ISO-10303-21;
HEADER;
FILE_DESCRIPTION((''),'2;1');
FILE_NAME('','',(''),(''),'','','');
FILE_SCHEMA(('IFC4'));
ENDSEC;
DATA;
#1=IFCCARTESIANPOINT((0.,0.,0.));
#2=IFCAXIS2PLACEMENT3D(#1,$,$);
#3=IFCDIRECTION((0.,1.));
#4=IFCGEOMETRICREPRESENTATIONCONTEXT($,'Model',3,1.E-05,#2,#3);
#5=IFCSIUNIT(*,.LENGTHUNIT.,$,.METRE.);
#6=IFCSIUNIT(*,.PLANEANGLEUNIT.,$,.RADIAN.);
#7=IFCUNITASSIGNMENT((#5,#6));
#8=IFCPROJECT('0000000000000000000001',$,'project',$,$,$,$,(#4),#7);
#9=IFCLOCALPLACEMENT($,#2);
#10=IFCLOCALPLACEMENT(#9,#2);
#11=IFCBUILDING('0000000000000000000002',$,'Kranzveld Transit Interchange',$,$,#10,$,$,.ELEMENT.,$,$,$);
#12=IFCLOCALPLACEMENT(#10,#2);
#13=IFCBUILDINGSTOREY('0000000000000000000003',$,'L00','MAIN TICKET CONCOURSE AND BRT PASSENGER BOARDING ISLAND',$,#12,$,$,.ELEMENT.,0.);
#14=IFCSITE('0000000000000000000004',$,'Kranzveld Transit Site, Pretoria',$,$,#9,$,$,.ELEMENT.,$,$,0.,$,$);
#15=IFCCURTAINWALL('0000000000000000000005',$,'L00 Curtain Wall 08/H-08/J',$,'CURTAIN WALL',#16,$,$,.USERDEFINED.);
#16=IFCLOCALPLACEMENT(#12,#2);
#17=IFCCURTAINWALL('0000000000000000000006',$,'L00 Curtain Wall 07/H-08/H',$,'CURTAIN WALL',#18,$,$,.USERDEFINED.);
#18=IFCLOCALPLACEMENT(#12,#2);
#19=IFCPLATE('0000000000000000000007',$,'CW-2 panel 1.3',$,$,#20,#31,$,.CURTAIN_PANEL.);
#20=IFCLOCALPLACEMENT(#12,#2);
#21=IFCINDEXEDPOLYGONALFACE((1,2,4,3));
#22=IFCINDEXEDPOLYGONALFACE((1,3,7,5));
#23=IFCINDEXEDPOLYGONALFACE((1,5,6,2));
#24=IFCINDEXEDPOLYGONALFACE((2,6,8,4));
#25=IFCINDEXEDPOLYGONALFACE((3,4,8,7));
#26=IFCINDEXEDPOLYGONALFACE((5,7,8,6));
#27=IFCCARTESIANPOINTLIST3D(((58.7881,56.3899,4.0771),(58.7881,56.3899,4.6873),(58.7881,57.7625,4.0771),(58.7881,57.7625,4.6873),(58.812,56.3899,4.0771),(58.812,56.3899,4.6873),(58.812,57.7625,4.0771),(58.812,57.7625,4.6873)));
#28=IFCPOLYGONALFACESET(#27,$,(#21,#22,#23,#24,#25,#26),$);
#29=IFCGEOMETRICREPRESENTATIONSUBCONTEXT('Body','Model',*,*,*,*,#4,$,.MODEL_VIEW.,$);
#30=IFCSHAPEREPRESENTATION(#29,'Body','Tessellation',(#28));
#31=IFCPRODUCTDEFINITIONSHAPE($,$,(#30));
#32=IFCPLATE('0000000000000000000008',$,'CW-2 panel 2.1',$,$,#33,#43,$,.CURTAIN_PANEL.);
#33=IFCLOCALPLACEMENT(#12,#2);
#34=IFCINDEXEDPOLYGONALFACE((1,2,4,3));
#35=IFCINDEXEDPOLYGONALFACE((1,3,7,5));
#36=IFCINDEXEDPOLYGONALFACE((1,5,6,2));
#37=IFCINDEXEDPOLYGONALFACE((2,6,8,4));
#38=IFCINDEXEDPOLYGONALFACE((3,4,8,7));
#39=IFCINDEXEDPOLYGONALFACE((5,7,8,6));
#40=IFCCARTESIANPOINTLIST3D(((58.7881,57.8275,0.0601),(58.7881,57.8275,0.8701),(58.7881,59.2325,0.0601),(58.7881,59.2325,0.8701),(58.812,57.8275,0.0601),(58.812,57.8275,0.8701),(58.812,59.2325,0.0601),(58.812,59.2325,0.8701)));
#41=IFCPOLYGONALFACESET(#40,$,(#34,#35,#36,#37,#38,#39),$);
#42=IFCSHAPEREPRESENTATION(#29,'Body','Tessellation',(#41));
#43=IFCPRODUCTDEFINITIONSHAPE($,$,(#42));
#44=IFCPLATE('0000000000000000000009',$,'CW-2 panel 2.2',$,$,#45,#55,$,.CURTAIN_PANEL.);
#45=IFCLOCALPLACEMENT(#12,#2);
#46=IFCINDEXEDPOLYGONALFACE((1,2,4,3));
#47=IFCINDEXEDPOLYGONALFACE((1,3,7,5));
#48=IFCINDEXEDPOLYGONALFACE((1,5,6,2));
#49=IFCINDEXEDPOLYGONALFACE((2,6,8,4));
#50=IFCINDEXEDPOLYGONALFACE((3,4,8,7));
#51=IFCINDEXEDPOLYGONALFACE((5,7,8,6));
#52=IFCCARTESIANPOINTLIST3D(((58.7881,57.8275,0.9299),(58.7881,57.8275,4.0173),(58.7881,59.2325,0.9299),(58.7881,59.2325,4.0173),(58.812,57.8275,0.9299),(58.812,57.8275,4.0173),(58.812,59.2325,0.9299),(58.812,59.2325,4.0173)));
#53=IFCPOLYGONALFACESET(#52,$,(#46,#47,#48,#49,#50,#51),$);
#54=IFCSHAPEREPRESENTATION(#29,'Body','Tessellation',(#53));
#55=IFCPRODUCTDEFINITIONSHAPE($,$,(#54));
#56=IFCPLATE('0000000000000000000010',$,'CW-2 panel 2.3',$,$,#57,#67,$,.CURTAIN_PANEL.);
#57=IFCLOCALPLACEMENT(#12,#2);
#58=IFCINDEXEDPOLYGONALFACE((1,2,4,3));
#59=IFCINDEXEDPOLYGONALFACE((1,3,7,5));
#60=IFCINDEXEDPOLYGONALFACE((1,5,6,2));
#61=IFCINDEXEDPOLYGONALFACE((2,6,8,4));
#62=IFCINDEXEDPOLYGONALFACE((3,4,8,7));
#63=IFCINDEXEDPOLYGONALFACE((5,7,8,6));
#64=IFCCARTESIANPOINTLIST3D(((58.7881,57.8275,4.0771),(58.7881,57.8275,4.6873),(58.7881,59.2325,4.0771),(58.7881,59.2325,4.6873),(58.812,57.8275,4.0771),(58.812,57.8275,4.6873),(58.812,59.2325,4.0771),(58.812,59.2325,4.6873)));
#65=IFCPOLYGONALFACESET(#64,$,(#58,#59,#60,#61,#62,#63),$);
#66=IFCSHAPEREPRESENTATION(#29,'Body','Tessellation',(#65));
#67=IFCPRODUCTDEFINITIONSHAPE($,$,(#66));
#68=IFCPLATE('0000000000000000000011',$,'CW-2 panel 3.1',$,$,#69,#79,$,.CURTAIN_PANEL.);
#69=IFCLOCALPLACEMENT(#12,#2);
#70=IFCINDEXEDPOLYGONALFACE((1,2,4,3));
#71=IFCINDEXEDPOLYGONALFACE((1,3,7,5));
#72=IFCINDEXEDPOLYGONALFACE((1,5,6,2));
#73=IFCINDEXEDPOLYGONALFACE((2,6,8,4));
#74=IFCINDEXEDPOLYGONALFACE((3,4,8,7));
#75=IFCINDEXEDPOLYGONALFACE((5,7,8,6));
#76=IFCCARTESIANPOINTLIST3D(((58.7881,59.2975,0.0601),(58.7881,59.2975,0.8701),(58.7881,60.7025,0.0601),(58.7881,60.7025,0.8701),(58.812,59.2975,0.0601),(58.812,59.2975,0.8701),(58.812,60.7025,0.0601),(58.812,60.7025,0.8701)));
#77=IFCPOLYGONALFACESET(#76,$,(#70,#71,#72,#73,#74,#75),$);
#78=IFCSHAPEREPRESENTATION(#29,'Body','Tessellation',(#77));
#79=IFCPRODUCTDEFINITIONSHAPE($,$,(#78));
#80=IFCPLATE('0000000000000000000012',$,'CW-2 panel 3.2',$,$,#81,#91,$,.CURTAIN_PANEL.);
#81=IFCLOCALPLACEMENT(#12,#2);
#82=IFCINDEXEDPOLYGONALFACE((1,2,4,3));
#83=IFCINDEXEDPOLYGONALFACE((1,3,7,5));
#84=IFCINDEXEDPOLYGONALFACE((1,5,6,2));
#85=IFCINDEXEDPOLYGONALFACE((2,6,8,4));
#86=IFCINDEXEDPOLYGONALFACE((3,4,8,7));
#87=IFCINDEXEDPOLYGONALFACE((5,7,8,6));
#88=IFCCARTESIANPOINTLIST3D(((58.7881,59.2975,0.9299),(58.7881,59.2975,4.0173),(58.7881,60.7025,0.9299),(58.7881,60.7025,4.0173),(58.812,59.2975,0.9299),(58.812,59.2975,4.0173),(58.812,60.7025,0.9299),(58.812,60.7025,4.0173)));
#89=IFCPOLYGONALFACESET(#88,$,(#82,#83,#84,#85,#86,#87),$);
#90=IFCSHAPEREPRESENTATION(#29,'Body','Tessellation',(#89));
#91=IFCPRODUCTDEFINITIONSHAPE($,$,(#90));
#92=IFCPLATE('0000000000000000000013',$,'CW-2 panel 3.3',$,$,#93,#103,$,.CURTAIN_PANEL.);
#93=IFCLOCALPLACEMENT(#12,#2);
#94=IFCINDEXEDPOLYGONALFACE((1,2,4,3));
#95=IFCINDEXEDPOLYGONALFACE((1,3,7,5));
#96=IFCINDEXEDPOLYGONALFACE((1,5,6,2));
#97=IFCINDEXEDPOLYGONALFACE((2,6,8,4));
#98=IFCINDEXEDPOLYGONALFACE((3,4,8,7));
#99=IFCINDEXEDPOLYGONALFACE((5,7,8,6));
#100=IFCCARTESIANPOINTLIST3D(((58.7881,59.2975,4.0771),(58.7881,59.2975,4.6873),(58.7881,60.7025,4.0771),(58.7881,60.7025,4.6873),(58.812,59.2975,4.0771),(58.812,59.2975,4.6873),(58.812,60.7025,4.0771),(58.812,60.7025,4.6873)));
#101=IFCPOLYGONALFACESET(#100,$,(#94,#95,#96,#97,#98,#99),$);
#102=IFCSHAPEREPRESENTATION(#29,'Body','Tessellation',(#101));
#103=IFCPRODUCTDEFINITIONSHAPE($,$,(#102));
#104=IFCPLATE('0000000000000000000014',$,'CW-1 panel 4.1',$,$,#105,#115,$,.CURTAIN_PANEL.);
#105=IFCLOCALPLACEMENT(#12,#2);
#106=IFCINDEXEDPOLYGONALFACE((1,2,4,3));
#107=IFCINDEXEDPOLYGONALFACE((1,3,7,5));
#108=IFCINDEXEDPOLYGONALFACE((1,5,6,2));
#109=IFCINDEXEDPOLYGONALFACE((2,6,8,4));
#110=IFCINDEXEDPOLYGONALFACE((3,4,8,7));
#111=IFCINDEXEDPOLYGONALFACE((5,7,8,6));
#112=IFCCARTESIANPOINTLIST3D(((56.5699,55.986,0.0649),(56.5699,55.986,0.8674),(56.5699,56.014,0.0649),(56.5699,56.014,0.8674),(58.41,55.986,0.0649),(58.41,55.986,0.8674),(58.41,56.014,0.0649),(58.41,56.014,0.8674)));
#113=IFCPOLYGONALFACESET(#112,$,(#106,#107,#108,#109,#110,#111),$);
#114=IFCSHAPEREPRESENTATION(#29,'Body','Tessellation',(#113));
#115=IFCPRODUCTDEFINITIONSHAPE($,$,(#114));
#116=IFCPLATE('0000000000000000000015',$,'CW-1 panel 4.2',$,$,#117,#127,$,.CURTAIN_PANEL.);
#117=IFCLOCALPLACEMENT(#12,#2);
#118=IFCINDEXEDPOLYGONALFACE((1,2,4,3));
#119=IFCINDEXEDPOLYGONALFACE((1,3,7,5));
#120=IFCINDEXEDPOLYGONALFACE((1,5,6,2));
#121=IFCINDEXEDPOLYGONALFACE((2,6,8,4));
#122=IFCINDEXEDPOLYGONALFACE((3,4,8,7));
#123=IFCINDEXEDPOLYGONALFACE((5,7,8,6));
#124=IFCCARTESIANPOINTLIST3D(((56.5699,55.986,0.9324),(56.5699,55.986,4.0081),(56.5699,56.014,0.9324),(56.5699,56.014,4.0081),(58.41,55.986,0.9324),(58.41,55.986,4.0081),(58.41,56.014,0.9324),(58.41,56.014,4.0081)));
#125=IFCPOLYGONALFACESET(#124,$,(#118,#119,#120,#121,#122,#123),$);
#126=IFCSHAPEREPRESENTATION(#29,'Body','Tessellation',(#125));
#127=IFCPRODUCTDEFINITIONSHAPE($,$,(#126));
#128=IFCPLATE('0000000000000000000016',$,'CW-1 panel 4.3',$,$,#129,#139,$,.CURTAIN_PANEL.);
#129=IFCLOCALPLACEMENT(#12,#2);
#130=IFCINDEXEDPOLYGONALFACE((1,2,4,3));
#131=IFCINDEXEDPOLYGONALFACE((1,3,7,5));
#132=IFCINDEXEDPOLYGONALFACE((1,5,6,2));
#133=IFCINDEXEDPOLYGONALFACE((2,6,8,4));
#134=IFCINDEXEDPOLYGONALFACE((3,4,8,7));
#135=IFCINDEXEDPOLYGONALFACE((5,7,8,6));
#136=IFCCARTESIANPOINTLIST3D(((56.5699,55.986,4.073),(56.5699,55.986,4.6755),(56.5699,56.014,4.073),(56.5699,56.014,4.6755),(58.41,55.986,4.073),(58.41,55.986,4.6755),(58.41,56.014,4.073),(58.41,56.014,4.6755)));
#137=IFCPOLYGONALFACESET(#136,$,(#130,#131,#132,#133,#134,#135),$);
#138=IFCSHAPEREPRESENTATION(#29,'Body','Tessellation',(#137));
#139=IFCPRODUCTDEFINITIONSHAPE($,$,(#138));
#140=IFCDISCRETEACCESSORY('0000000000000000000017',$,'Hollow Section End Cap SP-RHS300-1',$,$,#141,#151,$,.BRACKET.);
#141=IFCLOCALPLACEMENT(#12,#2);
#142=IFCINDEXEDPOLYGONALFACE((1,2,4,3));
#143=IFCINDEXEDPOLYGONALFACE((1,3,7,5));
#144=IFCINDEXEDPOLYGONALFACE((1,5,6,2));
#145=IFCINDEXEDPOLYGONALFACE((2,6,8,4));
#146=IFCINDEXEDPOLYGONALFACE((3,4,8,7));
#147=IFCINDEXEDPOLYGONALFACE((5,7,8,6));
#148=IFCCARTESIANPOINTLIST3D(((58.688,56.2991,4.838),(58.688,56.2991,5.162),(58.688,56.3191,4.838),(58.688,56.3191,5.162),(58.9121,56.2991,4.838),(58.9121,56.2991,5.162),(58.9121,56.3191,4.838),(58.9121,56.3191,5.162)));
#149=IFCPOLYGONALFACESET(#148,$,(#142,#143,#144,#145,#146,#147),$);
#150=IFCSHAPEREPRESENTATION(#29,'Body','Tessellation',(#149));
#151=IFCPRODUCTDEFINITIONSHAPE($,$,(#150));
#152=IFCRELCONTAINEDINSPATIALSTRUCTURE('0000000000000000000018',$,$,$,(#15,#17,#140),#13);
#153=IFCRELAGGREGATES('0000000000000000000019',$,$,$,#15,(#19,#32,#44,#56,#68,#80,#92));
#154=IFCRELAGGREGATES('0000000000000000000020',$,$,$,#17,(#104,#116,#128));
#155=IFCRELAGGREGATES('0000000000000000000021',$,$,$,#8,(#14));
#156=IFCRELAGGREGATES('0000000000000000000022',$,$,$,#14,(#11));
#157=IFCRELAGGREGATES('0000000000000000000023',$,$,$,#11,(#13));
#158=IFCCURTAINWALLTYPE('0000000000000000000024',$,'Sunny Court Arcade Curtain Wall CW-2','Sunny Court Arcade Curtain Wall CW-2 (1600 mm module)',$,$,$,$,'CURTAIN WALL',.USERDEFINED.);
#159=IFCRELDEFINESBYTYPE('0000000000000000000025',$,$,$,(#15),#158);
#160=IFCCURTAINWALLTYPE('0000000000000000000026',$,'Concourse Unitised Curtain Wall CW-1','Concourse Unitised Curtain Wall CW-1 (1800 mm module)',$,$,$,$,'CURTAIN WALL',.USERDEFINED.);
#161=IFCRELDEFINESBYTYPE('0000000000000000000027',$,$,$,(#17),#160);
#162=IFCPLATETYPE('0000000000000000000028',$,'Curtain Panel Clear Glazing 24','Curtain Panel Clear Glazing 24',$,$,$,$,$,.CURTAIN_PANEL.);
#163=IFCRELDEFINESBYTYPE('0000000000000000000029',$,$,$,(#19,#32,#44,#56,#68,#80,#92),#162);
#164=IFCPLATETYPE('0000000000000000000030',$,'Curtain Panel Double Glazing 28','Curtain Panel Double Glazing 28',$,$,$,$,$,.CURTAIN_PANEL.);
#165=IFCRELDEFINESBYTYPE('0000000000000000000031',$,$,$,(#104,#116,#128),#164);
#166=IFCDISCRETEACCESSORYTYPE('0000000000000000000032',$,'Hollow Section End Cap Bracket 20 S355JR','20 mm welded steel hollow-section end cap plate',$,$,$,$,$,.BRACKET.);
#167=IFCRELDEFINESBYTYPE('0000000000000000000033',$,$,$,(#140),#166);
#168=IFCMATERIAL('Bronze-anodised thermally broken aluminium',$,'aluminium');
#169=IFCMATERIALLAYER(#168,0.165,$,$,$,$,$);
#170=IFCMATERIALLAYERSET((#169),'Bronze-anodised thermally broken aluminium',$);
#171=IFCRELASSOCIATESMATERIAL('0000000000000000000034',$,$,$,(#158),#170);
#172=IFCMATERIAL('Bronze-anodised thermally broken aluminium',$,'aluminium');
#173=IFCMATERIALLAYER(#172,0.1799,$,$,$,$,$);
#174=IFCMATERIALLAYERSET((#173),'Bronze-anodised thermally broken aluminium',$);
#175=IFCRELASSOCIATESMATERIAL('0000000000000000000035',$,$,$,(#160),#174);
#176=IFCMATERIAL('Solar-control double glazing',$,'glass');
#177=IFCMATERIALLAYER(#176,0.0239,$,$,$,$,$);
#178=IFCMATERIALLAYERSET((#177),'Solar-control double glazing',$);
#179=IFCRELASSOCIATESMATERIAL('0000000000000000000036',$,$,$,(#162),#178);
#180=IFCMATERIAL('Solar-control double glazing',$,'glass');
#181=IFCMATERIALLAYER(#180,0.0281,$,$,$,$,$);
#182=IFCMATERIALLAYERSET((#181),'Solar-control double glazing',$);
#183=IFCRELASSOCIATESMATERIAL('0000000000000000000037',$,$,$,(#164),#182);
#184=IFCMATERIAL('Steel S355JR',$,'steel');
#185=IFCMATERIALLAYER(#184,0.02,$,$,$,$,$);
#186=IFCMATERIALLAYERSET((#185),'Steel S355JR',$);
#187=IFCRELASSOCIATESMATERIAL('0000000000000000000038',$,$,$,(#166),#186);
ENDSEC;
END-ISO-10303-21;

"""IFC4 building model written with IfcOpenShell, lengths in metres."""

from ifc_helpers import new_model, si_unit, direction, frame, origin, origin_2d, place, context, subcontext, project, spatial, rectangle, extrude, material, layer, layer_set, type_object, element, aggregate, save


model = new_model("IFC4")

# Units and contexts
model_context = context("Model", 3, precision=1e-05, world=origin(), true_north=direction((0.0, 1.0)))
body_context = subcontext(model_context, "Body", "Model", "MODEL_VIEW")
ifc_project = project(units=[si_unit("LENGTHUNIT", "METRE"), si_unit("PLANEANGLEUNIT", "RADIAN")], contexts=[model_context])

# Site, building, storey
site_placement = place(None, origin())
site = spatial("IfcSite", under=ifc_project, at=site_placement, Name="Kranzveld Transit Site, Pretoria", CompositionType="ELEMENT", RefElevation=0.0)
building_placement = place(site_placement, origin())
building = spatial("IfcBuilding", under=site, at=building_placement, Name="Kranzveld Transit Interchange", CompositionType="ELEMENT")
storey_placement = place(building_placement, origin())
storey = spatial("IfcBuildingStorey", under=building, at=storey_placement, Name="L00", Description="MAIN TICKET CONCOURSE AND BRT PASSENGER BOARDING ISLAND", CompositionType="ELEMENT", Elevation=0.0)

# Curtain wall
ifc_material_1 = material(Name="Bronze-anodised thermally broken aluminium", Category="aluminium")
ifc_layer_1 = layer(ifc_material_1, 0.165)
ifc_layer_set_1 = layer_set([ifc_layer_1], Name="Bronze-anodised thermally broken aluminium")
curtain_wall_type_1 = type_object("IfcCurtainWallType", Name="Sunny Court Arcade Curtain Wall CW-2", Description="Sunny Court Arcade Curtain Wall CW-2 (1600 mm module)", ElementType="CURTAIN WALL", PredefinedType="USERDEFINED", material=ifc_layer_set_1)
curtain_wall_1_placement = place(storey_placement, origin())
curtain_wall_1 = element("IfcCurtainWall", 1, at=curtain_wall_1_placement, inside=storey, type_object=curtain_wall_type_1, Name="L00 Curtain Wall 08/H-08/J", ObjectType="CURTAIN WALL", PredefinedType="USERDEFINED")

# Curtain wall
ifc_material_2 = material(Name="Bronze-anodised thermally broken aluminium", Category="aluminium")
ifc_layer_2 = layer(ifc_material_2, 0.1799)
ifc_layer_set_2 = layer_set([ifc_layer_2], Name="Bronze-anodised thermally broken aluminium")
curtain_wall_type_2 = type_object("IfcCurtainWallType", Name="Concourse Unitised Curtain Wall CW-1", Description="Concourse Unitised Curtain Wall CW-1 (1800 mm module)", ElementType="CURTAIN WALL", PredefinedType="USERDEFINED", material=ifc_layer_set_2)
curtain_wall_2_placement = place(storey_placement, origin())
curtain_wall_2 = element("IfcCurtainWall", 2, at=curtain_wall_2_placement, inside=storey, type_object=curtain_wall_type_2, Name="L00 Curtain Wall 07/H-08/H", ObjectType="CURTAIN WALL", PredefinedType="USERDEFINED")

# Plates
ifc_material_3 = material(Name="Solar-control double glazing", Category="glass")
ifc_layer_3 = layer(ifc_material_3, 0.0239)
ifc_layer_set_3 = layer_set([ifc_layer_3], Name="Solar-control double glazing")
plate_type_1 = type_object("IfcPlateType", Name="Curtain Panel Clear Glazing 24", Description="Curtain Panel Clear Glazing 24", PredefinedType="CURTAIN_PANEL", material=ifc_layer_set_3)
plate_1_placement = place(storey_placement, frame((58.8, 57.0762, 4.0771), z_axis=(0.0, 0.0, 1.0), x_axis=(0.0, 1.0, 0.0)))
plate_1 = element("IfcPlate", 3, at=plate_1_placement, type_object=plate_type_1, Name="CW-2 panel 1.3", PredefinedType="CURTAIN_PANEL", context=body_context, shape_type="SweptSolid", body=[
    extrude(rectangle(XDim=1.3726, YDim=0.0239, at=origin_2d()), origin(), (0.0, 0.0, 1.0), 0.6101),
])
plate_2_placement = place(storey_placement, frame((58.8, 58.53, 0.0601), z_axis=(0.0, 0.0, 1.0), x_axis=(0.0, 1.0, 0.0)))
plate_2 = element("IfcPlate", 4, at=plate_2_placement, type_object=plate_type_1, Name="CW-2 panel 2.1", PredefinedType="CURTAIN_PANEL", context=body_context, shape_type="SweptSolid", body=[
    extrude(rectangle(XDim=1.405, YDim=0.0239, at=origin_2d()), origin(), (0.0, 0.0, 1.0), 0.8101),
])
plate_3_placement = place(storey_placement, frame((58.8, 58.53, 0.9299), z_axis=(0.0, 0.0, 1.0), x_axis=(0.0, 1.0, 0.0)))
plate_3 = element("IfcPlate", 5, at=plate_3_placement, type_object=plate_type_1, Name="CW-2 panel 2.2", PredefinedType="CURTAIN_PANEL", context=body_context, shape_type="SweptSolid", body=[
    extrude(rectangle(XDim=1.405, YDim=0.0239, at=origin_2d()), origin(), (0.0, 0.0, 1.0), 3.0874),
])
plate_4_placement = place(storey_placement, frame((58.8, 58.53, 4.0771), z_axis=(0.0, 0.0, 1.0), x_axis=(0.0, 1.0, 0.0)))
plate_4 = element("IfcPlate", 6, at=plate_4_placement, type_object=plate_type_1, Name="CW-2 panel 2.3", PredefinedType="CURTAIN_PANEL", context=body_context, shape_type="SweptSolid", body=[
    extrude(rectangle(XDim=1.405, YDim=0.0239, at=origin_2d()), origin(), (0.0, 0.0, 1.0), 0.6101),
])
plate_5_placement = place(storey_placement, frame((58.8, 60.0, 0.0601), z_axis=(0.0, 0.0, 1.0), x_axis=(0.0, 1.0, 0.0)))
plate_5 = element("IfcPlate", 7, at=plate_5_placement, type_object=plate_type_1, Name="CW-2 panel 3.1", PredefinedType="CURTAIN_PANEL", context=body_context, shape_type="SweptSolid", body=[
    extrude(rectangle(XDim=1.405, YDim=0.0239, at=origin_2d()), origin(), (0.0, 0.0, 1.0), 0.8101),
])
plate_6_placement = place(storey_placement, frame((58.8, 60.0, 0.9299), z_axis=(0.0, 0.0, 1.0), x_axis=(0.0, 1.0, 0.0)))
plate_6 = element("IfcPlate", 8, at=plate_6_placement, type_object=plate_type_1, Name="CW-2 panel 3.2", PredefinedType="CURTAIN_PANEL", context=body_context, shape_type="SweptSolid", body=[
    extrude(rectangle(XDim=1.405, YDim=0.0239, at=origin_2d()), origin(), (0.0, 0.0, 1.0), 3.0874),
])
plate_7_placement = place(storey_placement, frame((58.8, 60.0, 4.0771), z_axis=(0.0, 0.0, 1.0), x_axis=(0.0, 1.0, 0.0)))
plate_7 = element("IfcPlate", 9, at=plate_7_placement, type_object=plate_type_1, Name="CW-2 panel 3.3", PredefinedType="CURTAIN_PANEL", context=body_context, shape_type="SweptSolid", body=[
    extrude(rectangle(XDim=1.405, YDim=0.0239, at=origin_2d()), origin(), (0.0, 0.0, 1.0), 0.6101),
])
aggregate(curtain_wall_1, [plate_1, plate_2, plate_3, plate_4, plate_5, plate_6, plate_7])
ifc_material_4 = material(Name="Solar-control double glazing", Category="glass")
ifc_layer_4 = layer(ifc_material_4, 0.0281)
ifc_layer_set_4 = layer_set([ifc_layer_4], Name="Solar-control double glazing")
plate_type_2 = type_object("IfcPlateType", Name="Curtain Panel Double Glazing 28", Description="Curtain Panel Double Glazing 28", PredefinedType="CURTAIN_PANEL", material=ifc_layer_set_4)
plate_8_placement = place(storey_placement, frame((57.49, 56.0, 0.0649), z_axis=(0.0, 0.0, 1.0), x_axis=(1.0, 0.0, 0.0)))
plate_8 = element("IfcPlate", 10, at=plate_8_placement, type_object=plate_type_2, Name="CW-1 panel 4.1", PredefinedType="CURTAIN_PANEL", context=body_context, shape_type="SweptSolid", body=[
    extrude(rectangle(XDim=1.8401, YDim=0.0281, at=origin_2d()), origin(), (0.0, 0.0, 1.0), 0.8025),
])
plate_9_placement = place(storey_placement, frame((57.49, 56.0, 0.9324), z_axis=(0.0, 0.0, 1.0), x_axis=(1.0, 0.0, 0.0)))
plate_9 = element("IfcPlate", 11, at=plate_9_placement, type_object=plate_type_2, Name="CW-1 panel 4.2", PredefinedType="CURTAIN_PANEL", context=body_context, shape_type="SweptSolid", body=[
    extrude(rectangle(XDim=1.8401, YDim=0.0281, at=origin_2d()), origin(), (0.0, 0.0, 1.0), 3.0757),
])
plate_10_placement = place(storey_placement, frame((57.49, 56.0, 4.073), z_axis=(0.0, 0.0, 1.0), x_axis=(1.0, 0.0, 0.0)))
plate_10 = element("IfcPlate", 12, at=plate_10_placement, type_object=plate_type_2, Name="CW-1 panel 4.3", PredefinedType="CURTAIN_PANEL", context=body_context, shape_type="SweptSolid", body=[
    extrude(rectangle(XDim=1.8401, YDim=0.0281, at=origin_2d()), origin(), (0.0, 0.0, 1.0), 0.6025),
])
aggregate(curtain_wall_2, [plate_8, plate_9, plate_10])

# Discrete accessory
ifc_material_5 = material(Name="Steel S355JR", Category="steel")
ifc_layer_5 = layer(ifc_material_5, 0.02)
ifc_layer_set_5 = layer_set([ifc_layer_5], Name="Steel S355JR")
discrete_accessory_type = type_object("IfcDiscreteAccessoryType", Name="Hollow Section End Cap Bracket 20 S355JR", Description="20 mm welded steel hollow-section end cap plate", PredefinedType="BRACKET", material=ifc_layer_set_5)
discrete_accessory_placement = place(storey_placement, frame((58.8, 56.3191, 5.0), z_axis=(0.0, -1.0, 0.0), x_axis=(1.0, 0.0, 0.0)))
element("IfcDiscreteAccessory", 13, at=discrete_accessory_placement, inside=storey, type_object=discrete_accessory_type, Name="Hollow Section End Cap SP-RHS300-1", PredefinedType="BRACKET", context=body_context, shape_type="SweptSolid", body=[
    extrude(rectangle(XDim=0.2241, YDim=0.324, at=origin_2d()), origin(), (0.0, 0.0, 1.0), 0.02),
])

save(model, "model.ifc")
